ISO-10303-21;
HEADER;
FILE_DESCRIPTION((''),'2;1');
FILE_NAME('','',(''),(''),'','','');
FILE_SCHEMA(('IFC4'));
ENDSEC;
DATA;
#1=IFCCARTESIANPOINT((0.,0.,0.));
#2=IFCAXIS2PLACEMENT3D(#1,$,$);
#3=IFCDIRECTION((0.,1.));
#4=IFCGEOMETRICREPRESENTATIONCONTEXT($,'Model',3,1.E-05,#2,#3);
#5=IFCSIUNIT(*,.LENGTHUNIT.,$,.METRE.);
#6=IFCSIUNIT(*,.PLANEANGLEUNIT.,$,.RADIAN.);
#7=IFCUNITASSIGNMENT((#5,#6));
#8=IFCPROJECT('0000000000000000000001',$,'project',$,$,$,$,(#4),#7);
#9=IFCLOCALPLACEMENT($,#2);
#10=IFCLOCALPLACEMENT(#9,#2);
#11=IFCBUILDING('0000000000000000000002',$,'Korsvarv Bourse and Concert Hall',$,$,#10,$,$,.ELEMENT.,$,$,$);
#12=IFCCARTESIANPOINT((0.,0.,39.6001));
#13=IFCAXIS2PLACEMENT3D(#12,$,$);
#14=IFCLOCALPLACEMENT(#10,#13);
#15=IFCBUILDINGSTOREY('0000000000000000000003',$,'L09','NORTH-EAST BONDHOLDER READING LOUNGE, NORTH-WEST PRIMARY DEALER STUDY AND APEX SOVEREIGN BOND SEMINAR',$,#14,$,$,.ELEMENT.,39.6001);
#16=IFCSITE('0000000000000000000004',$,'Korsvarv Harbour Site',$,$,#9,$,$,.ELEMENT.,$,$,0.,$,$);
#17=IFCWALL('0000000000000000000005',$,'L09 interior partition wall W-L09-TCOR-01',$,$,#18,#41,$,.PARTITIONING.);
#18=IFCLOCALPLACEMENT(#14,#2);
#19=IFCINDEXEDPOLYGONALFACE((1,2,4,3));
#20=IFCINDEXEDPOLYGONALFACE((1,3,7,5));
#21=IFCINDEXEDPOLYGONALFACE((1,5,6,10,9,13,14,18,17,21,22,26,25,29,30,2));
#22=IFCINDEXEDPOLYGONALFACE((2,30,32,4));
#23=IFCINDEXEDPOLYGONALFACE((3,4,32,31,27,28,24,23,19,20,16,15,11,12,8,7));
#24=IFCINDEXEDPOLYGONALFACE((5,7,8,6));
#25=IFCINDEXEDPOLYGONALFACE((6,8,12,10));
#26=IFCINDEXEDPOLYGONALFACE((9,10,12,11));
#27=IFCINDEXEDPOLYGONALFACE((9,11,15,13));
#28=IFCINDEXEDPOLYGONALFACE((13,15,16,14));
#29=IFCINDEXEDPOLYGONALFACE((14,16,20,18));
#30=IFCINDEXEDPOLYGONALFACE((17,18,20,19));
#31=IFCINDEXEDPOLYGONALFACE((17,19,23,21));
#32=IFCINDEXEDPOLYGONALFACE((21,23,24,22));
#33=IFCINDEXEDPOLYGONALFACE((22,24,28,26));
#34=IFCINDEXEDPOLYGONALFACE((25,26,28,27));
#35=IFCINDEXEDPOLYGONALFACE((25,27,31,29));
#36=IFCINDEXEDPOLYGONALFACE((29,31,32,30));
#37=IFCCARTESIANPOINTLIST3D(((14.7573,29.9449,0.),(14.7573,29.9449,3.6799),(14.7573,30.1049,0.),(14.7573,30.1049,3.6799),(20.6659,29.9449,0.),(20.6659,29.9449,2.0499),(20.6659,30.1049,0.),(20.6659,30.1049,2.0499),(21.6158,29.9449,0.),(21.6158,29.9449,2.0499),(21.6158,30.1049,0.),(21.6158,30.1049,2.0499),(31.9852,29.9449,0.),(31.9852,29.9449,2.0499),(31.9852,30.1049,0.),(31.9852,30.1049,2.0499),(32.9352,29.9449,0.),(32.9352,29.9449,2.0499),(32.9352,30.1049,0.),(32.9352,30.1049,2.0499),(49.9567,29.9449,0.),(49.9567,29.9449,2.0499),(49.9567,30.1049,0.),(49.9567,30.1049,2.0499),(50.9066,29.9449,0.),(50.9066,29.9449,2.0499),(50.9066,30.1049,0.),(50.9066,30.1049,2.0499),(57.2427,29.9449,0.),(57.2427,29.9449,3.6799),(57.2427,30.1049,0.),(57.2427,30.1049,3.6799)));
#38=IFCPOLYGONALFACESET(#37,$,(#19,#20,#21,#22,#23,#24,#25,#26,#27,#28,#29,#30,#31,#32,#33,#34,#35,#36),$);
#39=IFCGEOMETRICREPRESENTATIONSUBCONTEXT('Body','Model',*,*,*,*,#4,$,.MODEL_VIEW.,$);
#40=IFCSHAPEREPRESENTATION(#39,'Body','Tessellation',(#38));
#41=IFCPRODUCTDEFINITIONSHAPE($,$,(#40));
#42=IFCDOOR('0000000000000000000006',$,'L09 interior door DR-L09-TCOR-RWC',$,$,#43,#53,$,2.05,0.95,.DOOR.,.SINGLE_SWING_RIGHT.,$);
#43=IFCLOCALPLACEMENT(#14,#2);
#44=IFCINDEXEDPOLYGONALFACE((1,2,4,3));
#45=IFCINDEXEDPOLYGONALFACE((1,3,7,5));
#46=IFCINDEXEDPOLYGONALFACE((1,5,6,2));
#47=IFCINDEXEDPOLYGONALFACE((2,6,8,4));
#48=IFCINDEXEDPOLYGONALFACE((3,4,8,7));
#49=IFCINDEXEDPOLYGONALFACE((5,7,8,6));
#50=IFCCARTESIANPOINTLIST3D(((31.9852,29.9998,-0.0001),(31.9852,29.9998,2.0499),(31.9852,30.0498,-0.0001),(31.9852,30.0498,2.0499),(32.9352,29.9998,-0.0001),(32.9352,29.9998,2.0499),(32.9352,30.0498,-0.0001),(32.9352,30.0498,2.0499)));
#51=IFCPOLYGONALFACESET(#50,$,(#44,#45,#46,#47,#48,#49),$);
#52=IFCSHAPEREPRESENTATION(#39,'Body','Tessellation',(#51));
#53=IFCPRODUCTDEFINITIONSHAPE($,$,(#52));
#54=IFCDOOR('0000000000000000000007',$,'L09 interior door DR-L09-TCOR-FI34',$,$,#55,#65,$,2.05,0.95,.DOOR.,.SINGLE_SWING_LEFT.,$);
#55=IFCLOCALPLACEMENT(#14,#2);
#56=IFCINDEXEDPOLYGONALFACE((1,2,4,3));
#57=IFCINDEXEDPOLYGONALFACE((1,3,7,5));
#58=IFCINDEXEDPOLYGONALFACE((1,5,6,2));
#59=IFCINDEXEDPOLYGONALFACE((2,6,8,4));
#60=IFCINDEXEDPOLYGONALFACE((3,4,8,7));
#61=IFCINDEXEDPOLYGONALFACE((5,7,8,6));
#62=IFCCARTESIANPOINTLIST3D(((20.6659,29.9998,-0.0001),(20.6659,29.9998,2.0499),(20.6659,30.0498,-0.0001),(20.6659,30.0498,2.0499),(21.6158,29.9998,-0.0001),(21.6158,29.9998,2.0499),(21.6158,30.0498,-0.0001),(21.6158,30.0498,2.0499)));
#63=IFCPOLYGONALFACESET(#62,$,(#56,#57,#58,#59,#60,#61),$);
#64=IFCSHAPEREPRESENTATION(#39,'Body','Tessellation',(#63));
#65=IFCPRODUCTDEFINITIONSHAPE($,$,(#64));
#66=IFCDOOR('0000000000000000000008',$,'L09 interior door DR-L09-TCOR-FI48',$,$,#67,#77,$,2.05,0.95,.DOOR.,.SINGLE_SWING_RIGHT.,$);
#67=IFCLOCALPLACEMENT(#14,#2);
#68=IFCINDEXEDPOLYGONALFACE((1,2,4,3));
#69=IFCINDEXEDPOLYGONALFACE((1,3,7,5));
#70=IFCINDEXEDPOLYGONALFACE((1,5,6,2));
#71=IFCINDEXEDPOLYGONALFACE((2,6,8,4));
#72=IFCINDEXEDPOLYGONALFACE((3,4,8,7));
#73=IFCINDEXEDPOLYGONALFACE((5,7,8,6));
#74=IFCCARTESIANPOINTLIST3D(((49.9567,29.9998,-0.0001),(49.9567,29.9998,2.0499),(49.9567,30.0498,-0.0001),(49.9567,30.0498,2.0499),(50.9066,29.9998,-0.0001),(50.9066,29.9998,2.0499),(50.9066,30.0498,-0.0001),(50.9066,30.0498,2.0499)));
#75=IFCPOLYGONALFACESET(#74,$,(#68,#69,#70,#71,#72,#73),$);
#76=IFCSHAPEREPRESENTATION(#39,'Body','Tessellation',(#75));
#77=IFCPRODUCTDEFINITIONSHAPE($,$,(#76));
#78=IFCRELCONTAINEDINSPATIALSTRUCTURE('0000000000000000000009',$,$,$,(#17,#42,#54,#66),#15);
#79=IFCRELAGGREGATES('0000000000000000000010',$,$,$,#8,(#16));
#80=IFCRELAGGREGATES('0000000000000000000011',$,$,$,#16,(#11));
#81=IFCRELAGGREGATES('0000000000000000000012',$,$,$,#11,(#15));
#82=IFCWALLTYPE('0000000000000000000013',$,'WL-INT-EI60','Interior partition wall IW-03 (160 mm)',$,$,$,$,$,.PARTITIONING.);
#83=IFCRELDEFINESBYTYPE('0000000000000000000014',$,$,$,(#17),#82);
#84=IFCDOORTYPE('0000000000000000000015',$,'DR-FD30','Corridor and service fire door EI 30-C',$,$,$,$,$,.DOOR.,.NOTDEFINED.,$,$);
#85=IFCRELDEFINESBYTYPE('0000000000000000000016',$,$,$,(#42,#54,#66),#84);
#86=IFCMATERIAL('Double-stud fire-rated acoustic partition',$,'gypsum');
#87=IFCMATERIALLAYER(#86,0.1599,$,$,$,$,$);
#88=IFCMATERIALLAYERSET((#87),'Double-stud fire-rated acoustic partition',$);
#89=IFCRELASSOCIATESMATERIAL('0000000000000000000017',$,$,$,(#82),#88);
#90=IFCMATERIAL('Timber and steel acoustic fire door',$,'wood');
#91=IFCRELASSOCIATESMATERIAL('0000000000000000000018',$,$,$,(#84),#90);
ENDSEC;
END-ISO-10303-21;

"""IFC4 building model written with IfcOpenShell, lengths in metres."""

from ifc_helpers import new_model, si_unit, direction, frame, frame_2d, origin, place, context, subcontext, project, spatial, rectangle, extrude, material, layer, layer_set, type_object, element, fill, save


model = new_model("IFC4")

# Units and contexts
model_context = context("Model", 3, precision=1e-05, world=origin(), true_north=direction((0.0, 1.0)))
body_context = subcontext(model_context, "Body", "Model", "MODEL_VIEW")
ifc_project = project(units=[si_unit("LENGTHUNIT", "METRE"), si_unit("PLANEANGLEUNIT", "RADIAN")], contexts=[model_context])

# Site, building, storey
site_placement = place(None, origin())
site = spatial("IfcSite", under=ifc_project, at=site_placement, Name="Korsvarv Harbour Site", CompositionType="ELEMENT", RefElevation=0.0)
building_placement = place(site_placement, origin())
building = spatial("IfcBuilding", under=site, at=building_placement, Name="Korsvarv Bourse and Concert Hall", CompositionType="ELEMENT")
storey_placement = place(building_placement, frame((0.0, 0.0, 39.6001)))
storey = spatial("IfcBuildingStorey", under=building, at=storey_placement, Name="L09", Description="NORTH-EAST BONDHOLDER READING LOUNGE, NORTH-WEST PRIMARY DEALER STUDY AND APEX SOVEREIGN BOND SEMINAR", CompositionType="ELEMENT", Elevation=39.6001)

# Wall, openings, doors
ifc_material_1 = material(Name="Double-stud fire-rated acoustic partition", Category="gypsum")
ifc_layer_1 = layer(ifc_material_1, 0.1599)
ifc_layer_set_1 = layer_set([ifc_layer_1], Name="Double-stud fire-rated acoustic partition")
wall_type = type_object("IfcWallType", Name="WL-INT-EI60", Description="Interior partition wall IW-03 (160 mm)", PredefinedType="PARTITIONING", material=ifc_layer_set_1)
wall_placement = place(storey_placement, frame((14.7573, 30.0249, 0.0), z_axis=(0.0, 0.0, 1.0), x_axis=(1.0, 0.0, 0.0)))
wall = element("IfcWall", 1, at=wall_placement, inside=storey, type_object=wall_type, Name="L09 interior partition wall W-L09-TCOR-01", PredefinedType="PARTITIONING", context=body_context, shape_type="SweptSolid", body=[
    extrude(rectangle(XDim=42.4854, YDim=0.1599, at=frame_2d((21.2427, 0.0))), origin(), (0.0, 0.0, 1.0), 3.6799),
])
opening_1_placement = place(wall_placement, frame((17.2278, 0.0, 0.0)))
opening_1 = element("IfcOpeningElement", 2, at=opening_1_placement, cuts=wall, PredefinedType="OPENING", context=body_context, shape_type="SweptSolid", body=[
    extrude(rectangle(XDim=0.95, YDim=2.05, at=frame_2d((0.4751, 1.0249))), frame((0.0, 0.0898, 0.0), z_axis=(0.0, -1.0, 0.0), x_axis=(1.0, 0.0, 0.0)), (0.0, 0.0, 1.0), 0.1799),
])
opening_2_placement = place(wall_placement, frame((5.9084, 0.0, 0.0)))
opening_2 = element("IfcOpeningElement", 3, at=opening_2_placement, cuts=wall, PredefinedType="OPENING", context=body_context, shape_type="SweptSolid", body=[
    extrude(rectangle(XDim=0.95, YDim=2.05, at=frame_2d((0.4751, 1.0249))), frame((0.0, 0.0898, 0.0), z_axis=(0.0, -1.0, 0.0), x_axis=(1.0, 0.0, 0.0)), (0.0, 0.0, 1.0), 0.1799),
])
opening_3_placement = place(wall_placement, frame((35.1992, 0.0, 0.0)))
opening_3 = element("IfcOpeningElement", 4, at=opening_3_placement, cuts=wall, PredefinedType="OPENING", context=body_context, shape_type="SweptSolid", body=[
    extrude(rectangle(XDim=0.95, YDim=2.05, at=frame_2d((0.4751, 1.0249))), frame((0.0, 0.0898, 0.0), z_axis=(0.0, -1.0, 0.0), x_axis=(1.0, 0.0, 0.0)), (0.0, 0.0, 1.0), 0.1799),
])
ifc_material_2 = material(Name="Timber and steel acoustic fire door", Category="wood")
door_type = type_object("IfcDoorType", Name="DR-FD30", Description="Corridor and service fire door EI 30-C", OperationType="NOTDEFINED", PredefinedType="DOOR", material=ifc_material_2)
door_1_placement = place(opening_1_placement, origin())
door_1 = element("IfcDoor", 5, at=door_1_placement, inside=storey, type_object=door_type, Name="L09 interior door DR-L09-TCOR-RWC", OperationType="SINGLE_SWING_RIGHT", OverallHeight=2.05, OverallWidth=0.95, PredefinedType="DOOR", context=body_context, shape_type="SweptSolid", body=[
    extrude(rectangle(XDim=0.95, YDim=2.05, at=frame_2d((0.4751, 1.0249))), frame((0.0, 0.0249, 0.0), z_axis=(0.0, -1.0, 0.0), x_axis=(1.0, 0.0, 0.0)), (0.0, 0.0, 1.0), 0.05),
])
fill(opening_1, door_1)
door_2_placement = place(opening_2_placement, origin())
door_2 = element("IfcDoor", 6, at=door_2_placement, inside=storey, type_object=door_type, Name="L09 interior door DR-L09-TCOR-FI34", OperationType="SINGLE_SWING_LEFT", OverallHeight=2.05, OverallWidth=0.95, PredefinedType="DOOR", context=body_context, shape_type="SweptSolid", body=[
    extrude(rectangle(XDim=0.95, YDim=2.05, at=frame_2d((0.4751, 1.0249))), frame((0.0, 0.0249, 0.0), z_axis=(0.0, -1.0, 0.0), x_axis=(1.0, 0.0, 0.0)), (0.0, 0.0, 1.0), 0.05),
])
fill(opening_2, door_2)
door_3_placement = place(opening_3_placement, origin())
door_3 = element("IfcDoor", 7, at=door_3_placement, inside=storey, type_object=door_type, Name="L09 interior door DR-L09-TCOR-FI48", OperationType="SINGLE_SWING_RIGHT", OverallHeight=2.05, OverallWidth=0.95, PredefinedType="DOOR", context=body_context, shape_type="SweptSolid", body=[
    extrude(rectangle(XDim=0.95, YDim=2.05, at=frame_2d((0.4751, 1.0249))), frame((0.0, 0.0249, 0.0), z_axis=(0.0, -1.0, 0.0), x_axis=(1.0, 0.0, 0.0)), (0.0, 0.0, 1.0), 0.05),
])
fill(opening_3, door_3)

save(model, "model.ifc")
